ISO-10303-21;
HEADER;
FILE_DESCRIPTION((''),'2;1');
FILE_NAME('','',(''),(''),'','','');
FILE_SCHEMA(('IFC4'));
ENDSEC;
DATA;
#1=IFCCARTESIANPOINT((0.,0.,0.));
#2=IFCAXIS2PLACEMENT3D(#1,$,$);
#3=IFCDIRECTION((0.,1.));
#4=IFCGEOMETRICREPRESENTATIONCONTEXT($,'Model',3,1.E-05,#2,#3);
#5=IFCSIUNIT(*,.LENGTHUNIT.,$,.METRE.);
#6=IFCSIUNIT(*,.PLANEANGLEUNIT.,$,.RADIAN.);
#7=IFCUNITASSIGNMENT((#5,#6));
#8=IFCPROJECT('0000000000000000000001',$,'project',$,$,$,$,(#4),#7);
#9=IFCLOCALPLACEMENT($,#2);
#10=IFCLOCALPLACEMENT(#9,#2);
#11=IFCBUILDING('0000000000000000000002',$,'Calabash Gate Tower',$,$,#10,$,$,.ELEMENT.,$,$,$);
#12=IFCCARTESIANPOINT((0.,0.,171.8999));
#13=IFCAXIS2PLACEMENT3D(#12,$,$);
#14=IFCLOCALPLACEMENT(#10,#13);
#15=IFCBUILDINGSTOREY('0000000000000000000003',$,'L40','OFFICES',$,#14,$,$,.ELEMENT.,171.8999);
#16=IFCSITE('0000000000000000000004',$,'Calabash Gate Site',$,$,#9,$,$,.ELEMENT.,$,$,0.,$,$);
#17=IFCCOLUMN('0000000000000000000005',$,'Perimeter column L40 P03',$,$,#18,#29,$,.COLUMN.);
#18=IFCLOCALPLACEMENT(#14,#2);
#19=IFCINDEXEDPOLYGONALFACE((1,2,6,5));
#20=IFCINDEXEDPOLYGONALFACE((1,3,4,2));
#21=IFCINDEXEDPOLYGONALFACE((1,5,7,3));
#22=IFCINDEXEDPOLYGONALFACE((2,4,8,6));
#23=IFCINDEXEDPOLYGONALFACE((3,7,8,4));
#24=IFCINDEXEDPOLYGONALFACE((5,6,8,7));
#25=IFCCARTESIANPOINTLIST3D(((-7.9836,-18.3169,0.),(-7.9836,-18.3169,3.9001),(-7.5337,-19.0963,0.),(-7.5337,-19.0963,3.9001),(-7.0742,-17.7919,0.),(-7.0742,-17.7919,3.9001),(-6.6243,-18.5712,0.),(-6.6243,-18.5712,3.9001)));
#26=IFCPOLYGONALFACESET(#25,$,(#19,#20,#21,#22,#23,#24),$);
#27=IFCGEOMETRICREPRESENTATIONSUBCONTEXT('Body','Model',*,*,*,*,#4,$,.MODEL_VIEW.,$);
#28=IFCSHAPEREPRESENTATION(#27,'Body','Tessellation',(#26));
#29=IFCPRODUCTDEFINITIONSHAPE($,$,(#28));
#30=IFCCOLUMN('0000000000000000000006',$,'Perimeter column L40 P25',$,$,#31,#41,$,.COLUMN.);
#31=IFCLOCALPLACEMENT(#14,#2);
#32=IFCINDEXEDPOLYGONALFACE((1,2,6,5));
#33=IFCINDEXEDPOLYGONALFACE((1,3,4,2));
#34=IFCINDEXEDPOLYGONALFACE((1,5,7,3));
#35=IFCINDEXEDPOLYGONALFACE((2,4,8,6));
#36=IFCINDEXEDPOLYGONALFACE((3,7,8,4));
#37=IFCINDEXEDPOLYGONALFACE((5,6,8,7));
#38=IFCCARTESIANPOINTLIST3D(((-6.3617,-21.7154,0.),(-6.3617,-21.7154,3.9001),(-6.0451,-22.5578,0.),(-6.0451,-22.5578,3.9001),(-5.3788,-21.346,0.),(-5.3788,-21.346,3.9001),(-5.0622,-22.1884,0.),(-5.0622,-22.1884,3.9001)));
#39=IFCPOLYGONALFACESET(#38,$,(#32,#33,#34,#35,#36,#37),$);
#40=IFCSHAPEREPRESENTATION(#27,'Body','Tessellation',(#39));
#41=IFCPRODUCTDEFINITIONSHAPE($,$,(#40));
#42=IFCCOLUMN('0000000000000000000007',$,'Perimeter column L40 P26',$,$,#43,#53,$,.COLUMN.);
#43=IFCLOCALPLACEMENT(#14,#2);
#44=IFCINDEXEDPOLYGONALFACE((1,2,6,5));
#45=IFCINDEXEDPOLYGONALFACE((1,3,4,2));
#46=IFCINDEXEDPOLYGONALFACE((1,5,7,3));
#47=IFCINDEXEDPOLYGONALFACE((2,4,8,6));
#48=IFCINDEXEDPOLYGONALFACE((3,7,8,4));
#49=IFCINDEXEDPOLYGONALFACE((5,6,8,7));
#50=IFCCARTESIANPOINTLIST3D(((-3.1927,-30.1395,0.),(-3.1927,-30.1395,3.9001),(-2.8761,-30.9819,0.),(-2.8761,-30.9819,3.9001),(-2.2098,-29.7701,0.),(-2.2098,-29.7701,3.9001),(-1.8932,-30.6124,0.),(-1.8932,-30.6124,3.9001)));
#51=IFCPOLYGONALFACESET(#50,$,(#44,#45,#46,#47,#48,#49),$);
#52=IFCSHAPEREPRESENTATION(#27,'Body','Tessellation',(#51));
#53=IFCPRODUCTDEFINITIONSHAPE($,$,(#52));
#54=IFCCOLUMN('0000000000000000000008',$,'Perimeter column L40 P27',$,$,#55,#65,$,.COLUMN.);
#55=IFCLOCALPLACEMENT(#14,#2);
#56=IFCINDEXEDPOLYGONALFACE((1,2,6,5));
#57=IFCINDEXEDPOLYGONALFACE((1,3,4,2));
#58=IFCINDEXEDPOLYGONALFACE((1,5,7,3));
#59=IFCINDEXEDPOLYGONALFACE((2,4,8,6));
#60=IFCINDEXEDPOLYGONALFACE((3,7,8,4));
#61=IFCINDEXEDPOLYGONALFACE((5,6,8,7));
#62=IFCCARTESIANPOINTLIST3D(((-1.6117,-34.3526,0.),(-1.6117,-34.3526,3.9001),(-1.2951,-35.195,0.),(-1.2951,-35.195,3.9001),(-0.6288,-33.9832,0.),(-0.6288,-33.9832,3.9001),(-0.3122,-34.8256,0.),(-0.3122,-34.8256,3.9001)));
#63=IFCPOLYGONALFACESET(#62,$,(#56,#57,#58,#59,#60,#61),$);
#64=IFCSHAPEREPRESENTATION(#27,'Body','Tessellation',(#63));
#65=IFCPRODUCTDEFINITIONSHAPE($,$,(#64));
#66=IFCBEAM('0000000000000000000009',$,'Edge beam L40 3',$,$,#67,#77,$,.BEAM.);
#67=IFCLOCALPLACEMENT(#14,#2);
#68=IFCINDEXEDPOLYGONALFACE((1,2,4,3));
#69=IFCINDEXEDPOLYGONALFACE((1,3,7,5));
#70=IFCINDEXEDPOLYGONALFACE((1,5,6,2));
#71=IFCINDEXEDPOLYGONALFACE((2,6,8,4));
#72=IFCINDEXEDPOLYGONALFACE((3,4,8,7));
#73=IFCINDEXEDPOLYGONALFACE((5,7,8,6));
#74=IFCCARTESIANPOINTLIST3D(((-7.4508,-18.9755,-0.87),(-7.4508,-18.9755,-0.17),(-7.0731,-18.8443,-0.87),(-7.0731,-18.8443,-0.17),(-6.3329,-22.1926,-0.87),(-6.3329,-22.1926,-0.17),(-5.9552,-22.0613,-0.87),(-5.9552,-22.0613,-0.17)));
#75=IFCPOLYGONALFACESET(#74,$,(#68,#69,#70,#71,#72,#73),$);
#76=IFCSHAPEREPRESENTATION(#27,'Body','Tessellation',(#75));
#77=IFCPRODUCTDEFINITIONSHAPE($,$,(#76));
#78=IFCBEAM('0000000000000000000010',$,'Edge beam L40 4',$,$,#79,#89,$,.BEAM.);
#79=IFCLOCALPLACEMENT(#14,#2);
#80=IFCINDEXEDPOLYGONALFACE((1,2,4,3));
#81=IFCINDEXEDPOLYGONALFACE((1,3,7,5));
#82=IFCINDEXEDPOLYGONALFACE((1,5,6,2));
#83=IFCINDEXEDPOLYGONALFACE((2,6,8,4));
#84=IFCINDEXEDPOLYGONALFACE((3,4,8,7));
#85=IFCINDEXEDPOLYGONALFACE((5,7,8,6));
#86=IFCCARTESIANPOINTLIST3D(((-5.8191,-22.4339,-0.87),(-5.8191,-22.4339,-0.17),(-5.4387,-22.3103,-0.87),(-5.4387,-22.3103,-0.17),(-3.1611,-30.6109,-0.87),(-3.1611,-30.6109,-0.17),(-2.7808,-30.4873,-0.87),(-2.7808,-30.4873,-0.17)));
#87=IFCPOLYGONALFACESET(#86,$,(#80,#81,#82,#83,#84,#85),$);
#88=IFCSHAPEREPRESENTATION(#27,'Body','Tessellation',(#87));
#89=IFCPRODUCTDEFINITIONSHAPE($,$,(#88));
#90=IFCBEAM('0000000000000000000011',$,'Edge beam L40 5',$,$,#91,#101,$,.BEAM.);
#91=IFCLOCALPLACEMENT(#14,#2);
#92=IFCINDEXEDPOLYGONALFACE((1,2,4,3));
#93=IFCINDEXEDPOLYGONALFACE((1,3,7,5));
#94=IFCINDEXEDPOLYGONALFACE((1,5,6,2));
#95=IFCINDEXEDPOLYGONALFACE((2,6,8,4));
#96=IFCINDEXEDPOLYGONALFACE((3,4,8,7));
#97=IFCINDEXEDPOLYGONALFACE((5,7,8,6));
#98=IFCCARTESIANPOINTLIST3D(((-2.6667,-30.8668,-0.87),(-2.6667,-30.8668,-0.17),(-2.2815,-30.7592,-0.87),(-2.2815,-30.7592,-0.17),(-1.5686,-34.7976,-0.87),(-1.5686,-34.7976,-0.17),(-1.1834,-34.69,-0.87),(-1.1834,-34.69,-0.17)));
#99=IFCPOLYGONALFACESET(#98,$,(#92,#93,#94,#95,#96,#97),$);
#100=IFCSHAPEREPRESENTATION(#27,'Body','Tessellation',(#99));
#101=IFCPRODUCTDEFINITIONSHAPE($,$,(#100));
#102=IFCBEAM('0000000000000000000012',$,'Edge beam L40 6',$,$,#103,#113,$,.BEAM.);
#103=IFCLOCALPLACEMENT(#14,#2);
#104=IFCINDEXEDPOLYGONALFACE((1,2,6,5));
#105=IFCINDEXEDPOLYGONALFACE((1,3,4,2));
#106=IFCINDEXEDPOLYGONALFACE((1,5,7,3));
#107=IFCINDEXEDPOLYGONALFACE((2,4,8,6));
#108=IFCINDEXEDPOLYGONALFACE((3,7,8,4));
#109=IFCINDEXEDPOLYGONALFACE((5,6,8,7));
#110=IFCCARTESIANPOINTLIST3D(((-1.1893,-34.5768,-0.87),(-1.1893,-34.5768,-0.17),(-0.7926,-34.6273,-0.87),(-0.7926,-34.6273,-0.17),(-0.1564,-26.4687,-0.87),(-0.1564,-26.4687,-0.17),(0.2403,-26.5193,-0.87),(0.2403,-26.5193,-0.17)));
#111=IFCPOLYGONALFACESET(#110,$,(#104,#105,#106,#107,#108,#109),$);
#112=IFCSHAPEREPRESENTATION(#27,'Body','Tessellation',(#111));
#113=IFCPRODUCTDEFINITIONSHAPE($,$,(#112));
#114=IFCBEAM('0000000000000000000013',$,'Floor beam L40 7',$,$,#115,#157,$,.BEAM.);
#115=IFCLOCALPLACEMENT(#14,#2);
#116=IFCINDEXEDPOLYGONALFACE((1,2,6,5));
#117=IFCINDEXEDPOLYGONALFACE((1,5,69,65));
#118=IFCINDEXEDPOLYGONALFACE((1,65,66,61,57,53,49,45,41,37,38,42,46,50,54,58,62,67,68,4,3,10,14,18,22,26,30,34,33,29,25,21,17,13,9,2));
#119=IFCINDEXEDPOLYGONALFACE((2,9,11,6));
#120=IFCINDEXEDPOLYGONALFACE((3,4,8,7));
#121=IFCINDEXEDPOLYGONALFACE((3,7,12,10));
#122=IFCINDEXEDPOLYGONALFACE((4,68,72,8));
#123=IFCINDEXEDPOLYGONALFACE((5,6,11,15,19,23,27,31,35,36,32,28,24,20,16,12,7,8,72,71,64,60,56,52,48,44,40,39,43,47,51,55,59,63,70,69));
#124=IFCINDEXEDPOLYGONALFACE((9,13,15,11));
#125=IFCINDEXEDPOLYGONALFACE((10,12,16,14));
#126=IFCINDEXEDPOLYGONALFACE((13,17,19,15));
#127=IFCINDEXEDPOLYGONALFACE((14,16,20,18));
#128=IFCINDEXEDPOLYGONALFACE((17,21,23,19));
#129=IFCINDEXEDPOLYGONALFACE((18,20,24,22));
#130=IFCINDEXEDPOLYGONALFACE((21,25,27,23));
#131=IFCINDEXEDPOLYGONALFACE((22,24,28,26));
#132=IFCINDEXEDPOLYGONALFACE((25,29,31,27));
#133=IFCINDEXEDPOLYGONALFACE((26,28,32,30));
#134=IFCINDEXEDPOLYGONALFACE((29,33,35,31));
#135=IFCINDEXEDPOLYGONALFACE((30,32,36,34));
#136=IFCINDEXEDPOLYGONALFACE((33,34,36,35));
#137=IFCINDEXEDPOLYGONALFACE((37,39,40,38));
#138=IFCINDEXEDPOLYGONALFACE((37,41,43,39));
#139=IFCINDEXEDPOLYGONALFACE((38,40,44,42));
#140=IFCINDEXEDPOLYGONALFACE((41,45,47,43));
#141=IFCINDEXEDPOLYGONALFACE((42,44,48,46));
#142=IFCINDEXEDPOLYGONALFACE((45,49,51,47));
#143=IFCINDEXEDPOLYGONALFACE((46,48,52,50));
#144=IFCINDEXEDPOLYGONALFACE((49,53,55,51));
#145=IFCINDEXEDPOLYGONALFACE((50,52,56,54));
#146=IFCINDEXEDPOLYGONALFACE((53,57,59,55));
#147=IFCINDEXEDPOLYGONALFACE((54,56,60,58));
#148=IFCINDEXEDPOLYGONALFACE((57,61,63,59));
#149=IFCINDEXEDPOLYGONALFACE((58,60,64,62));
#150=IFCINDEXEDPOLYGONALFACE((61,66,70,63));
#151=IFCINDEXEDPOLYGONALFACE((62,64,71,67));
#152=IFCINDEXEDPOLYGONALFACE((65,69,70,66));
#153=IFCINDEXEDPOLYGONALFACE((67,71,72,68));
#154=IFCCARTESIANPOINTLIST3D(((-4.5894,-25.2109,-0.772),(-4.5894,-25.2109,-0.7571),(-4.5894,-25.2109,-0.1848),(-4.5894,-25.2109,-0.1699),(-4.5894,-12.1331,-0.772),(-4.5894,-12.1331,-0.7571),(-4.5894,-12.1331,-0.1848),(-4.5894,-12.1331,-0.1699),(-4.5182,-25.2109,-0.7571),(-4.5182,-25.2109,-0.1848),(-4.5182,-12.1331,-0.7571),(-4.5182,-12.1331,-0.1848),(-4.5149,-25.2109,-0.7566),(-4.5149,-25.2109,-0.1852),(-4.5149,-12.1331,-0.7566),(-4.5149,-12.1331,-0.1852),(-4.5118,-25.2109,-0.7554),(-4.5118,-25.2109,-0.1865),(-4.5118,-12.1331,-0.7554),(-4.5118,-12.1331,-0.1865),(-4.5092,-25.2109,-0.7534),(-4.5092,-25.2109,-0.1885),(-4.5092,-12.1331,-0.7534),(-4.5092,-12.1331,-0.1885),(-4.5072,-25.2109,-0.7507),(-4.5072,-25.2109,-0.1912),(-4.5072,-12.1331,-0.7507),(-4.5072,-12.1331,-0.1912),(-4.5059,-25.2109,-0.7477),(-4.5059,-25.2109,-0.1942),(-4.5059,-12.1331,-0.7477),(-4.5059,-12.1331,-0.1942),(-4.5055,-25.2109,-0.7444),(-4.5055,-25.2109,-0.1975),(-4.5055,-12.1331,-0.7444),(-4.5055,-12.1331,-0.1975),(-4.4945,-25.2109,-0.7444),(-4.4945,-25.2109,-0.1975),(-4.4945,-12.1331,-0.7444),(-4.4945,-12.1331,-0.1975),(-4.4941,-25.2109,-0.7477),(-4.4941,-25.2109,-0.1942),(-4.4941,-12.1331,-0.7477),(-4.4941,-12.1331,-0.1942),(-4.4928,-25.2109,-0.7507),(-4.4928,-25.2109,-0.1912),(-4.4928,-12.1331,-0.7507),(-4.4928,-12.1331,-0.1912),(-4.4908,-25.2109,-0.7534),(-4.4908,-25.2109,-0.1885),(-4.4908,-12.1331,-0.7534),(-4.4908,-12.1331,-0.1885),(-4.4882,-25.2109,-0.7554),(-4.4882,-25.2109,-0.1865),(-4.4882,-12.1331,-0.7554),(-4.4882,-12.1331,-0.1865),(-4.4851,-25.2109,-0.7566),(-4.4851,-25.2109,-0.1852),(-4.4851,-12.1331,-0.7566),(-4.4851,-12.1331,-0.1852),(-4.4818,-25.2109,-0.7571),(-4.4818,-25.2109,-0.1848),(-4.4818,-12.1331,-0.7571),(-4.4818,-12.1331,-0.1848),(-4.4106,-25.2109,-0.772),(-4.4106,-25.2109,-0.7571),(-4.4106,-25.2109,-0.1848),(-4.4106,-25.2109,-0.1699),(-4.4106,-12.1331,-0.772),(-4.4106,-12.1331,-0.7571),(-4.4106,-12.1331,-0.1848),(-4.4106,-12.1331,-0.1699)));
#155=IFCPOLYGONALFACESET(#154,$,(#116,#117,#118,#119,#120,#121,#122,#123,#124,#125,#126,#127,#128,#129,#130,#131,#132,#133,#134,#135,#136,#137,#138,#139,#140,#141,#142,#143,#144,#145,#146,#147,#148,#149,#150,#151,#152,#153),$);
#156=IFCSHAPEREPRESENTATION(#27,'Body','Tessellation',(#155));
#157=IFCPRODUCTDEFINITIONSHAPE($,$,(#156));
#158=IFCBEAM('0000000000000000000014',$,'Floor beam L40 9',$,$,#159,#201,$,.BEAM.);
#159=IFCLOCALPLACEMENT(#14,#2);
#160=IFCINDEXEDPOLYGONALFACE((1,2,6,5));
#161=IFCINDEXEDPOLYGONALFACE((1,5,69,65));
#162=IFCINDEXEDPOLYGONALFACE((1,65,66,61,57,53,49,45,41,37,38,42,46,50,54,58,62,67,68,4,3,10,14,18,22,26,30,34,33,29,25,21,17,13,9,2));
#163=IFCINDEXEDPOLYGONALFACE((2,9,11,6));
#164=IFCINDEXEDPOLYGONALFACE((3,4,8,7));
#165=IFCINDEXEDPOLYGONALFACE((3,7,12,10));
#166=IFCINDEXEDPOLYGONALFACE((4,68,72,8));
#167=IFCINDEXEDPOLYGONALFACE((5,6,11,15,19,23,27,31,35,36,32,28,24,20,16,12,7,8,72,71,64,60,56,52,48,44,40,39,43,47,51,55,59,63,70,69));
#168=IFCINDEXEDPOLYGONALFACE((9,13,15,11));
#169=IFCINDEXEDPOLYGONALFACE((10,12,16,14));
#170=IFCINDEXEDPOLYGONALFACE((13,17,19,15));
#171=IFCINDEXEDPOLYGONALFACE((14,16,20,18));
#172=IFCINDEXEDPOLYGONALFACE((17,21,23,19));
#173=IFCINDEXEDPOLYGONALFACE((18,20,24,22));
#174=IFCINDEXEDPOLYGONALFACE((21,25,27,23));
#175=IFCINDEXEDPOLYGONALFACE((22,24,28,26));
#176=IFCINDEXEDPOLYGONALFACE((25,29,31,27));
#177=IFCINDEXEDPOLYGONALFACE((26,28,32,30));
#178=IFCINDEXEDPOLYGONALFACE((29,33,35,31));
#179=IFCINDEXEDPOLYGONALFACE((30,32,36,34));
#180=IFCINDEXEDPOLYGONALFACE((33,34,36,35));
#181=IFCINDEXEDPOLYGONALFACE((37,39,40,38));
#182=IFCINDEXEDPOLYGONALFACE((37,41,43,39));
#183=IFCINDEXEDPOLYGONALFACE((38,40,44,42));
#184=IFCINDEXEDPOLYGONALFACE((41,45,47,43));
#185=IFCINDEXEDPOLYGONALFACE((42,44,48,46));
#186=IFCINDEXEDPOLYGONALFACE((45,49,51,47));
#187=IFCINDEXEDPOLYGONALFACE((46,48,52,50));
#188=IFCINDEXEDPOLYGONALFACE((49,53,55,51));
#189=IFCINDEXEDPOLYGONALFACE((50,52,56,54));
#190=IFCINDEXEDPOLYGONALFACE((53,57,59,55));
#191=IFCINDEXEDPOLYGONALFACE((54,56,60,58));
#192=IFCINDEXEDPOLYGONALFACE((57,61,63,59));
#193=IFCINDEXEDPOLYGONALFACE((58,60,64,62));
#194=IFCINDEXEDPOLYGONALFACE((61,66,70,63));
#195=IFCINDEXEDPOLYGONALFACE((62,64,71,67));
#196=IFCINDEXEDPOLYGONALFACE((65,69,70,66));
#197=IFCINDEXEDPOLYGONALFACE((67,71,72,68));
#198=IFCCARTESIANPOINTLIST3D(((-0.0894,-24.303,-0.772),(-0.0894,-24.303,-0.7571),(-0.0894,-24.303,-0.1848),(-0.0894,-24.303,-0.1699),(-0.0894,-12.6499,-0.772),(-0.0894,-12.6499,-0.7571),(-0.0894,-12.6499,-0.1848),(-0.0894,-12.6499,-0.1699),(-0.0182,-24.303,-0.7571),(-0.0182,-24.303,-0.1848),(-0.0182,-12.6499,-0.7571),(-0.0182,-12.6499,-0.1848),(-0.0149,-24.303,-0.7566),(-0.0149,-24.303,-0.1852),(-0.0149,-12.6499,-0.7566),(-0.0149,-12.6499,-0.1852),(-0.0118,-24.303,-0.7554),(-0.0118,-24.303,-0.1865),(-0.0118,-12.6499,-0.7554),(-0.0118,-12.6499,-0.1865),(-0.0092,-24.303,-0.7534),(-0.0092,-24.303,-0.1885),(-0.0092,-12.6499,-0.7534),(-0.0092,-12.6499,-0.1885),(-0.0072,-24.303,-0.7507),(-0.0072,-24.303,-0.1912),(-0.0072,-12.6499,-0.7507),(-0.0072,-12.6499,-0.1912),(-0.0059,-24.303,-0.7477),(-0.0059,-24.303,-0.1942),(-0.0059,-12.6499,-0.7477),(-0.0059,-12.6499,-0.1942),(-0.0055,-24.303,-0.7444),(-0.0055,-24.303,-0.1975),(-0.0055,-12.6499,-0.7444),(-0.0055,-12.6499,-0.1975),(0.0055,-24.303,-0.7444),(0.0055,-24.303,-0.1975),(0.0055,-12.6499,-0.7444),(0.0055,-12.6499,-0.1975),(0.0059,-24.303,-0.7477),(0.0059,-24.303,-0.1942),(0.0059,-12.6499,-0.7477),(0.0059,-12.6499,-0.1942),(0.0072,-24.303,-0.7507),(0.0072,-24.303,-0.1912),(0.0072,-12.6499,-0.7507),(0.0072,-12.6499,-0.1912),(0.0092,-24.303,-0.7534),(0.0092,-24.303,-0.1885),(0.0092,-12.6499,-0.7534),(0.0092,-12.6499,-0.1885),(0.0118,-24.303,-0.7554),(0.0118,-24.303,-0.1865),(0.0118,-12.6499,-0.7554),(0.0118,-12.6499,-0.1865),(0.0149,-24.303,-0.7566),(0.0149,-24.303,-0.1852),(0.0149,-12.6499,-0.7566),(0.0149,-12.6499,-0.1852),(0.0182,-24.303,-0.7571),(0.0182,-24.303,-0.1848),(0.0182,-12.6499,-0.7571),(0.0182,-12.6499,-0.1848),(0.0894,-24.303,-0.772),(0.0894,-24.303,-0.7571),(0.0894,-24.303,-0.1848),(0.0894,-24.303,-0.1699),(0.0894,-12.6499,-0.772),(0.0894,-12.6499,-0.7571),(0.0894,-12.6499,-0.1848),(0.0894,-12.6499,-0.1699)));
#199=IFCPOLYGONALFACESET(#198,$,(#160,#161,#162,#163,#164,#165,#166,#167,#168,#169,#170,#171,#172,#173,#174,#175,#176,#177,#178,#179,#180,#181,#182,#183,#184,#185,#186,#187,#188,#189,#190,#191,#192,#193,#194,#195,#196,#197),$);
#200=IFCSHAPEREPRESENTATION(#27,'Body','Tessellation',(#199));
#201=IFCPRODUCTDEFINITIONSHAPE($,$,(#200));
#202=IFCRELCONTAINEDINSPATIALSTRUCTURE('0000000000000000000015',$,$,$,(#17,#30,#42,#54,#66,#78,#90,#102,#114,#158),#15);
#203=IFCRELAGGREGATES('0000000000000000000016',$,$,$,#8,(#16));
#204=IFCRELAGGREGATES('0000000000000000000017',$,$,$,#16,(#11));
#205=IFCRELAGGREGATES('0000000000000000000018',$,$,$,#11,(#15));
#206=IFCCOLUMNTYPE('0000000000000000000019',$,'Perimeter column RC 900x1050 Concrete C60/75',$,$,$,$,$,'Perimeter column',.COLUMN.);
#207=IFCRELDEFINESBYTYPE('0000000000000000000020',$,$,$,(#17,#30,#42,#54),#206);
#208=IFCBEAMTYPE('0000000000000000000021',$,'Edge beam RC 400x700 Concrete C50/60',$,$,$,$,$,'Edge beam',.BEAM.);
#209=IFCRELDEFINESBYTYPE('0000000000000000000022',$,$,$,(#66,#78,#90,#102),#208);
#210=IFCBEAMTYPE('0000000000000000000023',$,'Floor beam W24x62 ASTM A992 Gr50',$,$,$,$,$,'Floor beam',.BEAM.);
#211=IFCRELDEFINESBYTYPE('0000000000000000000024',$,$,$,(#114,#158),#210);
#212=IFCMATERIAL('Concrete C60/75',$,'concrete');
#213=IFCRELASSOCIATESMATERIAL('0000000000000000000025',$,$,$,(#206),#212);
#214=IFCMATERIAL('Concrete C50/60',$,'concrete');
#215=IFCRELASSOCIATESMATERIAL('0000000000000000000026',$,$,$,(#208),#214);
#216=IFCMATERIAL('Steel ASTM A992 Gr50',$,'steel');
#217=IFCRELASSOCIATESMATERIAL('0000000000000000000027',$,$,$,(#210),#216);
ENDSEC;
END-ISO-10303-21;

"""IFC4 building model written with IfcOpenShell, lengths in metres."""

from ifc_helpers import new_model, si_unit, direction, frame, origin, origin_2d, place, context, subcontext, project, spatial, rectangle, i_section, extrude, material, material_profile, profile_set, type_object, element, save


model = new_model("IFC4")

# Units and contexts
model_context = context("Model", 3, precision=1e-05, world=origin(), true_north=direction((0.0, 1.0)))
body_context = subcontext(model_context, "Body", "Model", "MODEL_VIEW")
ifc_project = project(units=[si_unit("LENGTHUNIT", "METRE"), si_unit("PLANEANGLEUNIT", "RADIAN")], contexts=[model_context])

# Site, building, storey
site_placement = place(None, origin())
site = spatial("IfcSite", under=ifc_project, at=site_placement, Name="Calabash Gate Site", CompositionType="ELEMENT", RefElevation=0.0)
building_placement = place(site_placement, origin())
building = spatial("IfcBuilding", under=site, at=building_placement, Name="Calabash Gate Tower", CompositionType="ELEMENT")
storey_placement = place(building_placement, frame((0.0, 0.0, 171.8999)))
storey = spatial("IfcBuildingStorey", under=building, at=storey_placement, Name="L40", Description="OFFICES", CompositionType="ELEMENT", Elevation=171.8999)

# Columns
ifc_material_1 = material(Name="Concrete C60/75", Category="concrete")
ifc_material_profile_1 = material_profile(ifc_material_1, rectangle(XDim=0.8999, YDim=1.05, at=origin_2d()))
ifc_profile_set_1 = profile_set([ifc_material_profile_1], Name="Concrete C60/75")
column_type = type_object("IfcColumnType", Name="Perimeter column RC 900x1050 Concrete C60/75", ElementType="Perimeter column", PredefinedType="COLUMN", material=ifc_profile_set_1)
for number, where, z_axis, x_axis, name in (
    (1, (-7.304, -18.4441, 0.0), (0.0, 0.0, 1.0), (0.5, -0.866025, 0.0), "Perimeter column L40 P03"),
    (2, (-5.7119, -21.9519, 0.0), (0.0, 0.0, 1.0), (0.351822, -0.936067, 0.0), "Perimeter column L40 P25"),
    (3, (-2.543, -30.376, 0.0), (0.0, 0.0, 1.0), (0.351822, -0.936067, 0.0), "Perimeter column L40 P26"),
    (4, (-0.9619, -34.5891, 0.0), (0.0, 0.0, 1.0), (0.351822, -0.936067, 0.0), "Perimeter column L40 P27"),
):
    element("IfcColumn", number, at=place(storey_placement, frame(where, z_axis=z_axis, x_axis=x_axis)), inside=storey, type_object=column_type, Name=name, PredefinedType="COLUMN", context=body_context, shape_type="SweptSolid", body=[
        extrude(rectangle(XDim=0.8999, YDim=1.05, at=origin_2d()), origin(), (0.0, 0.0, 1.0), 3.9001),
    ])

# Beams
ifc_material_2 = material(Name="Concrete C50/60", Category="concrete")
ifc_material_profile_2 = material_profile(ifc_material_2, rectangle(XDim=0.3999, YDim=0.7, at=origin_2d()))
ifc_profile_set_2 = profile_set([ifc_material_profile_2], Name="Concrete C50/60")
beam_type_1 = type_object("IfcBeamType", Name="Edge beam RC 400x700 Concrete C50/60", ElementType="Edge beam", PredefinedType="BEAM", material=ifc_profile_set_2)
beam_1_placement = place(storey_placement, frame((-7.262, -18.9099, -0.52), z_axis=(0.328245, -0.944592, 0.0), x_axis=(0.944592, 0.328245, 0.0)))
element("IfcBeam", 5, at=beam_1_placement, inside=storey, type_object=beam_type_1, Name="Edge beam L40 3", PredefinedType="BEAM", context=body_context, shape_type="SweptSolid", body=[
    extrude(rectangle(XDim=0.3999, YDim=0.7, at=origin_2d()), origin(), (0.0, 0.0, 1.0), 3.4058),
])
beam_2_placement = place(storey_placement, frame((-5.6289, -22.3721, -0.52), z_axis=(0.309132, -0.951019, 0.0), x_axis=(0.951019, 0.309132, 0.0)))
element("IfcBeam", 6, at=beam_2_placement, inside=storey, type_object=beam_type_1, Name="Edge beam L40 4", PredefinedType="BEAM", context=body_context, shape_type="SweptSolid", body=[
    extrude(rectangle(XDim=0.3999, YDim=0.7, at=origin_2d()), origin(), (0.0, 0.0, 1.0), 8.5981),
])
beam_3_placement = place(storey_placement, frame((-2.4741, -30.813, -0.52), z_axis=(0.26906, -0.963124, 0.0), x_axis=(0.963124, 0.26906, 0.0)))
element("IfcBeam", 7, at=beam_3_placement, inside=storey, type_object=beam_type_1, Name="Edge beam L40 5", PredefinedType="BEAM", context=body_context, shape_type="SweptSolid", body=[
    extrude(rectangle(XDim=0.3999, YDim=0.7, at=origin_2d()), origin(), (0.0, 0.0, 1.0), 4.0813),
])
beam_4_placement = place(storey_placement, frame((-0.991, -34.6021, -0.52), z_axis=(0.126376, 0.991982, 0.0), x_axis=(-0.991982, 0.126376, 0.0)))
element("IfcBeam", 8, at=beam_4_placement, inside=storey, type_object=beam_type_1, Name="Edge beam L40 6", PredefinedType="BEAM", context=body_context, shape_type="SweptSolid", body=[
    extrude(rectangle(XDim=0.3999, YDim=0.7, at=origin_2d()), origin(), (0.0, 0.0, 1.0), 8.1736),
])
ifc_material_3 = material(Name="Steel ASTM A992 Gr50", Category="steel")
ifc_material_profile_3 = material_profile(ifc_material_3, i_section(OverallWidth=0.1787, OverallDepth=0.6021, WebThickness=0.011, FlangeThickness=0.0149, FilletRadius=0.0127, at=origin_2d()))
ifc_profile_set_3 = profile_set([ifc_material_profile_3], Name="Steel ASTM A992 Gr50")
beam_type_2 = type_object("IfcBeamType", Name="Floor beam W24x62 ASTM A992 Gr50", ElementType="Floor beam", PredefinedType="BEAM", material=ifc_profile_set_3)
beam_5_placement = place(storey_placement, frame((-4.5, -25.2109, -0.4709), z_axis=(0.0, 1.0, 0.0), x_axis=(-1.0, 0.0, 0.0)))
element("IfcBeam", 9, at=beam_5_placement, inside=storey, type_object=beam_type_2, Name="Floor beam L40 7", PredefinedType="BEAM", context=body_context, shape_type="SweptSolid", body=[
    extrude(i_section(OverallWidth=0.1787, OverallDepth=0.6021, WebThickness=0.011, FlangeThickness=0.0149, FilletRadius=0.0127, at=origin_2d()), origin(), (0.0, 0.0, 1.0), 13.0779),
])
beam_6_placement = place(storey_placement, frame((0.0, -24.303, -0.4709), z_axis=(0.0, 1.0, 0.0), x_axis=(-1.0, 0.0, 0.0)))
element("IfcBeam", 10, at=beam_6_placement, inside=storey, type_object=beam_type_2, Name="Floor beam L40 9", PredefinedType="BEAM", context=body_context, shape_type="SweptSolid", body=[
    extrude(i_section(OverallWidth=0.1787, OverallDepth=0.6021, WebThickness=0.011, FlangeThickness=0.0149, FilletRadius=0.0127, at=origin_2d()), origin(), (0.0, 0.0, 1.0), 11.6531),
])

save(model, "model.ifc")
